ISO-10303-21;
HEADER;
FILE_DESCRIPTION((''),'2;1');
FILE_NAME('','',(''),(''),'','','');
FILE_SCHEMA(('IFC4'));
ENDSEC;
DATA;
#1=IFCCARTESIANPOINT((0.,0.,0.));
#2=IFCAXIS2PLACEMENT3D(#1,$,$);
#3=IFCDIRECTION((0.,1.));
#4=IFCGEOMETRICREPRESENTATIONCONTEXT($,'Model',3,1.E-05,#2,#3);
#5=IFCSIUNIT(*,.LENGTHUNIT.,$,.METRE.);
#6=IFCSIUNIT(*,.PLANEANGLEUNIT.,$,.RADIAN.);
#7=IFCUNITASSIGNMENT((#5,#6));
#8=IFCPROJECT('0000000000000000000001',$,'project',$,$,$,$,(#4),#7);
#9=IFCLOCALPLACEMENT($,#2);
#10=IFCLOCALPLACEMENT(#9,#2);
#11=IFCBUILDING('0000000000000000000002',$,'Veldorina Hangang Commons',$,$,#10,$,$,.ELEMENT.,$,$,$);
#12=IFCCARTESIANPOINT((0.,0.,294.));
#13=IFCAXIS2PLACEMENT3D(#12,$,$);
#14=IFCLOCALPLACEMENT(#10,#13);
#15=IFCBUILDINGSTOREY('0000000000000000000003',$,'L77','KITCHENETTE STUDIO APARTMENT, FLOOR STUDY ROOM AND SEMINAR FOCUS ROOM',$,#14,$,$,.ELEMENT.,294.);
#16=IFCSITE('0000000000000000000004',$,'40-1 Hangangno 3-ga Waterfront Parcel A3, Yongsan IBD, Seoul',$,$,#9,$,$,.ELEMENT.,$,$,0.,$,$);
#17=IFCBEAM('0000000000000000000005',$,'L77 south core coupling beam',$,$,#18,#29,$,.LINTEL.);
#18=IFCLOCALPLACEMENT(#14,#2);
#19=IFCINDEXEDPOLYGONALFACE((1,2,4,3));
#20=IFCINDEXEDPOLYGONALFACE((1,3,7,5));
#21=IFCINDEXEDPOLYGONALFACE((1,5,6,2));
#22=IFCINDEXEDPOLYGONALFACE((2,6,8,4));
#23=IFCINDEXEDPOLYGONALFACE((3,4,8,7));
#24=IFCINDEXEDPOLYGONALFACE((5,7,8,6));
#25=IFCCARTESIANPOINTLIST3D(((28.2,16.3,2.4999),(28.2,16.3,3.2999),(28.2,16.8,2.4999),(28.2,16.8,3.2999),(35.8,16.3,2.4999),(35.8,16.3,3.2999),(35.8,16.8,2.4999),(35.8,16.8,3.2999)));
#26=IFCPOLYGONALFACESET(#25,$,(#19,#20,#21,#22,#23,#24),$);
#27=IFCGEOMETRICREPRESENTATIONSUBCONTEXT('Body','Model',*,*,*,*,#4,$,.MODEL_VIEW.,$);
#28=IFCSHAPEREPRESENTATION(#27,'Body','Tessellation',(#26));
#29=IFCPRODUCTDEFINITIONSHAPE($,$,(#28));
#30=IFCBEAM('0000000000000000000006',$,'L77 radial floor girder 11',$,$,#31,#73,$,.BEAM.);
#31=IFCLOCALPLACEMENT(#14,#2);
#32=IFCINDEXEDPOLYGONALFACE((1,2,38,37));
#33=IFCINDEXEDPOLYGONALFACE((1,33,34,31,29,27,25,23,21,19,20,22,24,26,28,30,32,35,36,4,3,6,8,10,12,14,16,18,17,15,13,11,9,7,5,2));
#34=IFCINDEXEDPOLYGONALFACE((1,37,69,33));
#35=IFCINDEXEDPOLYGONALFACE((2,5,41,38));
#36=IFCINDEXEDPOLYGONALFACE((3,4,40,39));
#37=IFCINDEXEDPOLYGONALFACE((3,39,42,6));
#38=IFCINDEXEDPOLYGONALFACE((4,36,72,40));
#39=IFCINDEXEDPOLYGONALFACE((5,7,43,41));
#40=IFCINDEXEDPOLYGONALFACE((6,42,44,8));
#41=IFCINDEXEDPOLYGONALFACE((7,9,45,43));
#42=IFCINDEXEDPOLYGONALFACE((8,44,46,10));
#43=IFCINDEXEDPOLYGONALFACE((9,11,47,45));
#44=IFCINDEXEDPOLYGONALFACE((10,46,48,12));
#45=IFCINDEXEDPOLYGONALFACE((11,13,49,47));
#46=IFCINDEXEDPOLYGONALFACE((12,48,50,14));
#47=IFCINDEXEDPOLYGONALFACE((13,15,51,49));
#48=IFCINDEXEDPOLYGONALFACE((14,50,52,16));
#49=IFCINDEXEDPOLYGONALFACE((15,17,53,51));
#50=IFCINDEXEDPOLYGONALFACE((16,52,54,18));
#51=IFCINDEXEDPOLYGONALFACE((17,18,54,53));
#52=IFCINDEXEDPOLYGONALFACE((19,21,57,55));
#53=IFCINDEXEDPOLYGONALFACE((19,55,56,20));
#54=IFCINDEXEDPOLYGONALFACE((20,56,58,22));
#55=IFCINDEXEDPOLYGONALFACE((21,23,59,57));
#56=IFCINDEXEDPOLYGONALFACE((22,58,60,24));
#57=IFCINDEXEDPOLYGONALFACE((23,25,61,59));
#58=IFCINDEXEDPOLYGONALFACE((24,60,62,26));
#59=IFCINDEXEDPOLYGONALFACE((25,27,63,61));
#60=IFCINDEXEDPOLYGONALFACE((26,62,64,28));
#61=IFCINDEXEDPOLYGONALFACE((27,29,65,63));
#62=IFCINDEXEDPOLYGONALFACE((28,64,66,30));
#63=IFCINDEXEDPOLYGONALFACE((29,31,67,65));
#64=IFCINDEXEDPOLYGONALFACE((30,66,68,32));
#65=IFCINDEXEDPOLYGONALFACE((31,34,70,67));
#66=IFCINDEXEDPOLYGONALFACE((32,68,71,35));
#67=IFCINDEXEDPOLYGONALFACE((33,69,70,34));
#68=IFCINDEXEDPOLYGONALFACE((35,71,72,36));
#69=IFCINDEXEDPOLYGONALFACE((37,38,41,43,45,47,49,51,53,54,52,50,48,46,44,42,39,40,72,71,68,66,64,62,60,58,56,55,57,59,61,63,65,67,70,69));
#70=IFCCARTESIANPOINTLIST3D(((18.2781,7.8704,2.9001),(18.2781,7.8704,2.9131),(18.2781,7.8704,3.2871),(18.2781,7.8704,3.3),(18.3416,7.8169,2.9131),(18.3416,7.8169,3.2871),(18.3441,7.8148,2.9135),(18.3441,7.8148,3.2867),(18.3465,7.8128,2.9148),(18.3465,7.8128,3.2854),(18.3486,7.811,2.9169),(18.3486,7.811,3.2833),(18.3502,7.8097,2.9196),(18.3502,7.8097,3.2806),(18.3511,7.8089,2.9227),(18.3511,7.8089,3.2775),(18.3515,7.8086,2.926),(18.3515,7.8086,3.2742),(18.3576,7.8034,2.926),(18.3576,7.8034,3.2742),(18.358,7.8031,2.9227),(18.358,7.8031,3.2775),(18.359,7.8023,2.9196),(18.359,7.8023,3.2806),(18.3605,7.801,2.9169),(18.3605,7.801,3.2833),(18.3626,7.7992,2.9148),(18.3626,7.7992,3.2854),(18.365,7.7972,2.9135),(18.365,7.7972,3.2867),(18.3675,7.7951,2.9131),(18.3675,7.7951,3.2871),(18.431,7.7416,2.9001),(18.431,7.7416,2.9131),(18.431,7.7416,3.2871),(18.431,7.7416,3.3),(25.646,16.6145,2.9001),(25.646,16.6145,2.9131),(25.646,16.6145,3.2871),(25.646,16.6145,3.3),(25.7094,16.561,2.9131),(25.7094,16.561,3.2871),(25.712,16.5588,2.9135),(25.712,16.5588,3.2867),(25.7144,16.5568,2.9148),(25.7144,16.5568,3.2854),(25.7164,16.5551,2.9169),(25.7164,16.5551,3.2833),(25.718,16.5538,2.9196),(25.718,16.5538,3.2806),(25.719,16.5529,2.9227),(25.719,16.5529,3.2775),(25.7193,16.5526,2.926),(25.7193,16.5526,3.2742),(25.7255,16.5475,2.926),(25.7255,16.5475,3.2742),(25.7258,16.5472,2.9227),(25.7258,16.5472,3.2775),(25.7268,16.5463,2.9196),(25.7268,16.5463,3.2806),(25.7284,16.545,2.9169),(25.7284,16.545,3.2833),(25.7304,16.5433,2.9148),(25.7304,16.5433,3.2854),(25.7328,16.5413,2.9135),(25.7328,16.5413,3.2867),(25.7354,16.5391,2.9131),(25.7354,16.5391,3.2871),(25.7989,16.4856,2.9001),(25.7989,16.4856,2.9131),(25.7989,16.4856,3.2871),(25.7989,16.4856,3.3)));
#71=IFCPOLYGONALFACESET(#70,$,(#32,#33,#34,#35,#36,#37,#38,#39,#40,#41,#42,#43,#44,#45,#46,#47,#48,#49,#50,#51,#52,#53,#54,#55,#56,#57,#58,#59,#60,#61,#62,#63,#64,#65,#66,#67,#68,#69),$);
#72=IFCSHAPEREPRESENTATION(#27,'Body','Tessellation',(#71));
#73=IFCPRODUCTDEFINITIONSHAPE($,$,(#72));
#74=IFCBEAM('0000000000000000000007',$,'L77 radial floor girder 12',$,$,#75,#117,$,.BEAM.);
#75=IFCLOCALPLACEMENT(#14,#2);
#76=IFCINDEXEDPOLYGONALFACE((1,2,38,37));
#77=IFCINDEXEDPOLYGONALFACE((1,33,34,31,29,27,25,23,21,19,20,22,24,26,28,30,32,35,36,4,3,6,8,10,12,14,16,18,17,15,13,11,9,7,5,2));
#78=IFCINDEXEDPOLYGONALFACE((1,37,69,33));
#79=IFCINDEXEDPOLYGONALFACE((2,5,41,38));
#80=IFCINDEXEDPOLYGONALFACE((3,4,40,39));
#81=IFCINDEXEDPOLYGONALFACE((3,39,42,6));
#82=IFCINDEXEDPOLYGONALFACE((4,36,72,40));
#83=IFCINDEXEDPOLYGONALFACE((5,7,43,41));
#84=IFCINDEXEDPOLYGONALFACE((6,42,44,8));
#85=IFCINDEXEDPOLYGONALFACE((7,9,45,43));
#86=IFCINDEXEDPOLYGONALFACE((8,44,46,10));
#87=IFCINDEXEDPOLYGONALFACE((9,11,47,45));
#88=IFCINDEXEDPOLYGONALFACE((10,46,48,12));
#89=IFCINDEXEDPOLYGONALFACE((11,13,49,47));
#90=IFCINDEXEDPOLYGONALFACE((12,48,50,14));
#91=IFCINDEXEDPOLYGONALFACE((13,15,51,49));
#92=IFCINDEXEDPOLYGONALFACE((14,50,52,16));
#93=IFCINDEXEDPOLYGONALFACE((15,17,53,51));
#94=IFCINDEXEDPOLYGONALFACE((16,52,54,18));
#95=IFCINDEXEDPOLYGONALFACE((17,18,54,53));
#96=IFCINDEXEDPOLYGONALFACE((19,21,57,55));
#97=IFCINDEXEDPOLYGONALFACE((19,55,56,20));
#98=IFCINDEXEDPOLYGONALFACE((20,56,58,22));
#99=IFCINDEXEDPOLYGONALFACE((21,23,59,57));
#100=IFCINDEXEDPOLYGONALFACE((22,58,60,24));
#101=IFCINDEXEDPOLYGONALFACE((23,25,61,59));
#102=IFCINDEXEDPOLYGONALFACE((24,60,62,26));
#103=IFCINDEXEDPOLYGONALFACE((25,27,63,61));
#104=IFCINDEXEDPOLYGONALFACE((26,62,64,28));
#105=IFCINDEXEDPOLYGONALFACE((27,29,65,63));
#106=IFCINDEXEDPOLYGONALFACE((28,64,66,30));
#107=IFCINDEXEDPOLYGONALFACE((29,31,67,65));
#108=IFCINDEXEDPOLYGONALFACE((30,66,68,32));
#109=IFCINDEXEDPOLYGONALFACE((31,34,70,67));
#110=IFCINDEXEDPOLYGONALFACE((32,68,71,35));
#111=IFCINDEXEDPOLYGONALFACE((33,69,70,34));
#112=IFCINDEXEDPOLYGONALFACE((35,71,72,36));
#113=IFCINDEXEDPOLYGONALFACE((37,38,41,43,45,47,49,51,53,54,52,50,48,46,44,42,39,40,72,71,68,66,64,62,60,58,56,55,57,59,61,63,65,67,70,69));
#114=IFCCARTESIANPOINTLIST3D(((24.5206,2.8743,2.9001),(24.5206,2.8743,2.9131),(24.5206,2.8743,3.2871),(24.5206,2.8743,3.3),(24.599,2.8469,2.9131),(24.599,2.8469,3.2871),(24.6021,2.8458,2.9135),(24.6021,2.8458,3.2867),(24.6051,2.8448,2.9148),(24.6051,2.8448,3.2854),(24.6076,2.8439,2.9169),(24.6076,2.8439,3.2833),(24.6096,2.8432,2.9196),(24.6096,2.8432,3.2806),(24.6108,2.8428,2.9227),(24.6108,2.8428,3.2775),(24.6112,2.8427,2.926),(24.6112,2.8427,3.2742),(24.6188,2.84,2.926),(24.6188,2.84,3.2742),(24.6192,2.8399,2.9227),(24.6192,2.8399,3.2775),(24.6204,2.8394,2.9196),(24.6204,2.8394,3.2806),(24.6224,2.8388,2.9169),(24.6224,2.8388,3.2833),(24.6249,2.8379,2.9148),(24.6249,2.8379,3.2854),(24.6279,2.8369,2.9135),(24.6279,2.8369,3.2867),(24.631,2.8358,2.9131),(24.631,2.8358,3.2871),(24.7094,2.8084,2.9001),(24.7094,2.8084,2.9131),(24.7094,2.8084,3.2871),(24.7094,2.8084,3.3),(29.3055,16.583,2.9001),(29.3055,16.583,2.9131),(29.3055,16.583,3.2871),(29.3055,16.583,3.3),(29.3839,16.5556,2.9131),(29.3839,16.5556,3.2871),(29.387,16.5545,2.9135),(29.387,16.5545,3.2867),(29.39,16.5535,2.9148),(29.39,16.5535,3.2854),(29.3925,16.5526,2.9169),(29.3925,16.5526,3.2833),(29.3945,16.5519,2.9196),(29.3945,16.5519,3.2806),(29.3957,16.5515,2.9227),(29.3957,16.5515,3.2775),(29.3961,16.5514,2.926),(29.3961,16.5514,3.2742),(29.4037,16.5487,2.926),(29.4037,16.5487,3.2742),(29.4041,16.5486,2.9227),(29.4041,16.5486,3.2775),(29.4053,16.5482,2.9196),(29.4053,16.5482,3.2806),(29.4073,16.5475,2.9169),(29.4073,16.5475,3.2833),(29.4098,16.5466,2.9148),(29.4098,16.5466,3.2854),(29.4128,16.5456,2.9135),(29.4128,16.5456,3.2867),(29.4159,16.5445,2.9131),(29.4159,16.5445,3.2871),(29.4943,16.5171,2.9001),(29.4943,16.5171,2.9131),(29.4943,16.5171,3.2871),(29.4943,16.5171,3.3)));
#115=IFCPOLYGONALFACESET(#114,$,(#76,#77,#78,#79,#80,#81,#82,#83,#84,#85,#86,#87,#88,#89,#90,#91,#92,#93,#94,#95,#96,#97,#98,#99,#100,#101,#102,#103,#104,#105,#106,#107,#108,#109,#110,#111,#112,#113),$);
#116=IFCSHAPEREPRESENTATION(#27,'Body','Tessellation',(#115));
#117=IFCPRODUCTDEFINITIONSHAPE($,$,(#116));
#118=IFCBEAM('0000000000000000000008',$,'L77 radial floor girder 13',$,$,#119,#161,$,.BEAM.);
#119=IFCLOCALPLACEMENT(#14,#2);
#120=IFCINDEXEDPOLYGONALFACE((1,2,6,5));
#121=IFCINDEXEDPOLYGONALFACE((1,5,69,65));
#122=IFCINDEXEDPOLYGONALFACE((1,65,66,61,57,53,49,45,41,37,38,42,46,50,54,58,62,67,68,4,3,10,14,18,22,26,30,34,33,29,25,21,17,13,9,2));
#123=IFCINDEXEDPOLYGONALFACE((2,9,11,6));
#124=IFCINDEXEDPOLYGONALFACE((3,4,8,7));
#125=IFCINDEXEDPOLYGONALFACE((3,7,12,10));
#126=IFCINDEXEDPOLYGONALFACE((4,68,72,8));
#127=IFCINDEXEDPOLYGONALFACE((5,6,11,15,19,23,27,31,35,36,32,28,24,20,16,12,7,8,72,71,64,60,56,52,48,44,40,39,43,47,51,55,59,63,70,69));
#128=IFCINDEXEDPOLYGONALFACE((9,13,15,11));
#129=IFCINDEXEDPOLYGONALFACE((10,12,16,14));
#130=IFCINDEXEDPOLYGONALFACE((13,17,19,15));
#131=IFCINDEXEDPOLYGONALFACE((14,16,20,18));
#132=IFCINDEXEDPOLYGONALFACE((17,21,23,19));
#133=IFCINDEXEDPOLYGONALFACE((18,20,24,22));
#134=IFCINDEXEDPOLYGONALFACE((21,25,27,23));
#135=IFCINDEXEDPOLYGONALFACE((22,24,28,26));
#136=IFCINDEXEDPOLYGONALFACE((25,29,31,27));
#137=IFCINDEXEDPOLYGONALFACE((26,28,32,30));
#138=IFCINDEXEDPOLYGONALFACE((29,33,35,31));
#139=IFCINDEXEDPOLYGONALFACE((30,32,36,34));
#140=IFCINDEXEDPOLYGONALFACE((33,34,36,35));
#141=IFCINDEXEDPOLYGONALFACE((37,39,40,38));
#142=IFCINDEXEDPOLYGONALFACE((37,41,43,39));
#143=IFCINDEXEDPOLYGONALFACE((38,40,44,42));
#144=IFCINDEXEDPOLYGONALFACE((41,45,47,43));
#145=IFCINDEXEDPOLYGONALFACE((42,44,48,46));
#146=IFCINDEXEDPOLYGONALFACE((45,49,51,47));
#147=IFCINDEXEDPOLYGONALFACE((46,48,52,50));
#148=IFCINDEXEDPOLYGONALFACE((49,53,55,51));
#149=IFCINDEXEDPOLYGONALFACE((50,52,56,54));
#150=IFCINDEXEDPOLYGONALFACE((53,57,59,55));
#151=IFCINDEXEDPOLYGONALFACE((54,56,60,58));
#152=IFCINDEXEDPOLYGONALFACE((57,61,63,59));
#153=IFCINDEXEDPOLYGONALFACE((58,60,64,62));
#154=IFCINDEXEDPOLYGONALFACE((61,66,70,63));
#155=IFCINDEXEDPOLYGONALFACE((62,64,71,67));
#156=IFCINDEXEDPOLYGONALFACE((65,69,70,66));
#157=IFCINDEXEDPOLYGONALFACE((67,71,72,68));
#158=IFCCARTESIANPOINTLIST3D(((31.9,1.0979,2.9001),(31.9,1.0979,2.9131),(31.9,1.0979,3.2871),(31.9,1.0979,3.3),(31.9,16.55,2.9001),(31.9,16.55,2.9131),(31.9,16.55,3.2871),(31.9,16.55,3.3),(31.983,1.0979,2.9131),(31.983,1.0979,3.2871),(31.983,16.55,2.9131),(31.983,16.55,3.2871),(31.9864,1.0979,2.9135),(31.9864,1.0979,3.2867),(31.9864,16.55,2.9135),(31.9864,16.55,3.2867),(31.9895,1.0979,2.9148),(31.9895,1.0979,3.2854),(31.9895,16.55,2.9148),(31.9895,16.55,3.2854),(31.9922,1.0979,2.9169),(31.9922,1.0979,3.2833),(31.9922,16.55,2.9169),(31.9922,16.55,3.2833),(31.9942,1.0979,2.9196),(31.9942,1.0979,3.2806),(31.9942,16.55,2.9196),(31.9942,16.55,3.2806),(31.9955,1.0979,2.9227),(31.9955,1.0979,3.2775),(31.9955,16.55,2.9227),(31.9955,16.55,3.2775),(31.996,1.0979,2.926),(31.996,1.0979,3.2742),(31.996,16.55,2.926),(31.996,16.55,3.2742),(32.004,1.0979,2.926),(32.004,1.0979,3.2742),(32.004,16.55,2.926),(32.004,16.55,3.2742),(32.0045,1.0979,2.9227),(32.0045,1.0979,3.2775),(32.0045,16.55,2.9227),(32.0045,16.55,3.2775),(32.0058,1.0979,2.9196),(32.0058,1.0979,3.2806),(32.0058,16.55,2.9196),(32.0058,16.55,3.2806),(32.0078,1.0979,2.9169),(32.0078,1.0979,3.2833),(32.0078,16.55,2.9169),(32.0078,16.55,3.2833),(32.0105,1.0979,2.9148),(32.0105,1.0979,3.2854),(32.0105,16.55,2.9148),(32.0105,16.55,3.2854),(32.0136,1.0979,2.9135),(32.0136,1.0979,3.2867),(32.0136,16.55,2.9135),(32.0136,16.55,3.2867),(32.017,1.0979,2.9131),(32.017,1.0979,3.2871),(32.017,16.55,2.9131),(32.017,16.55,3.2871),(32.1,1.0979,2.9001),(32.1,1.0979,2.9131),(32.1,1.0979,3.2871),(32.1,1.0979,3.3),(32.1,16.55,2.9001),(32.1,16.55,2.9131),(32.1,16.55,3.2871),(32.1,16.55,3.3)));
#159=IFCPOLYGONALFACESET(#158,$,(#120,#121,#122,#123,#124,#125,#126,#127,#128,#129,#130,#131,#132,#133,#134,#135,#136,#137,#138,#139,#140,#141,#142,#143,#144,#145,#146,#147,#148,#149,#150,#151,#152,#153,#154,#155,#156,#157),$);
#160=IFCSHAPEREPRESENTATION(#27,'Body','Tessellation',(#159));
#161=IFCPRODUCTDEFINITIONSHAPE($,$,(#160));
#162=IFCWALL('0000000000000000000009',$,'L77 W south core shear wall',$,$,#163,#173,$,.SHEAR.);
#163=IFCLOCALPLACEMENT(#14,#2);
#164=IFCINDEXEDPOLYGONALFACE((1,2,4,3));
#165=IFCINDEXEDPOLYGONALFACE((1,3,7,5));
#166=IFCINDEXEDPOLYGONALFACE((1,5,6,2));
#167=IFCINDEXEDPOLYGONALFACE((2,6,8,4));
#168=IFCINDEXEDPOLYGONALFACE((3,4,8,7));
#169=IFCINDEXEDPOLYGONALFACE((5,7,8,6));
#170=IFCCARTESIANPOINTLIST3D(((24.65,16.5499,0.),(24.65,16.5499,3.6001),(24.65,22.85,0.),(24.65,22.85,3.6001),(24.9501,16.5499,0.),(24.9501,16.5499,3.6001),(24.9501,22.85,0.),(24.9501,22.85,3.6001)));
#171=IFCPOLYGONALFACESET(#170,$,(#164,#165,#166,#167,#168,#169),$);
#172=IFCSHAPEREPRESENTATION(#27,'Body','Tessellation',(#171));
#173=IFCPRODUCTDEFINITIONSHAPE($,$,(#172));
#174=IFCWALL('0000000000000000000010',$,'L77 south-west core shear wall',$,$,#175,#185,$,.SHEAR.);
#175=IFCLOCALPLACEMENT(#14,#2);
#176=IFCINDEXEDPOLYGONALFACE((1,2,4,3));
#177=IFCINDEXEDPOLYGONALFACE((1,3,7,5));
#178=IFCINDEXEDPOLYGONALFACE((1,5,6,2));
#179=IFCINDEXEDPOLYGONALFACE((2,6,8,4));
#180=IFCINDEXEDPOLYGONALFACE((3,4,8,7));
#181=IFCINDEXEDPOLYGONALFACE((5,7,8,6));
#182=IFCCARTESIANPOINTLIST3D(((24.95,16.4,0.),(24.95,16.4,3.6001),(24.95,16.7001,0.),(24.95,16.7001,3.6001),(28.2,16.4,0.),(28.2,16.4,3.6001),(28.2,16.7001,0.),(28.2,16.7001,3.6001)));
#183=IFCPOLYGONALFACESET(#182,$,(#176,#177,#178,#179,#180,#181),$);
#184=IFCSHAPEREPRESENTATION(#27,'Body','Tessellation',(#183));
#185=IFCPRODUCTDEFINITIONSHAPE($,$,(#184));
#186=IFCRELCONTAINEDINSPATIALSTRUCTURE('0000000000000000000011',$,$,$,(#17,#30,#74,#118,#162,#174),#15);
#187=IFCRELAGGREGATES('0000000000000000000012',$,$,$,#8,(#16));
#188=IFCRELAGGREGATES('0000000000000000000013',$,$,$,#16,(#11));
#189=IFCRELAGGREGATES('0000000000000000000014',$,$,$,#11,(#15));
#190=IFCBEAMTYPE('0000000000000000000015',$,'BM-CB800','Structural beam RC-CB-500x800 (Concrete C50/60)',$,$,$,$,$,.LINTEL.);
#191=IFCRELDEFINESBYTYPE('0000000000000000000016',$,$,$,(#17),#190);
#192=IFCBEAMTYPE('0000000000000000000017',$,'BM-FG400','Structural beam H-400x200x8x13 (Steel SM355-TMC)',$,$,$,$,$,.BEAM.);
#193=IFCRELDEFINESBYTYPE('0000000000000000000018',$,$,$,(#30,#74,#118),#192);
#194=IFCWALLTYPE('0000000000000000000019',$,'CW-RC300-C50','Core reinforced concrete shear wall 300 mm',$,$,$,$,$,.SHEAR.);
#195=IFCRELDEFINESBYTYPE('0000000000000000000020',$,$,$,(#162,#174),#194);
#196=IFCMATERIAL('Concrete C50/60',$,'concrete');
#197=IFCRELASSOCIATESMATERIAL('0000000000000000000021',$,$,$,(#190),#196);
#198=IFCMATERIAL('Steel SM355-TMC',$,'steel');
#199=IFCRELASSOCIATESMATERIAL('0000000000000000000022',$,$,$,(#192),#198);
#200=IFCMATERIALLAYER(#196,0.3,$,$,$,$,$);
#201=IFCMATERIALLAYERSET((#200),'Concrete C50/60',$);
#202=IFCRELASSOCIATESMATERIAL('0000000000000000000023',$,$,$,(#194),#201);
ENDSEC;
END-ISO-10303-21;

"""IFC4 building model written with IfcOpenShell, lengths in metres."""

from ifc_helpers import new_model, si_unit, direction, frame, frame_2d, origin, origin_2d, place, context, subcontext, project, spatial, rectangle, i_section, extrude, material, layer, layer_set, material_profile, profile_set, type_object, element, save


model = new_model("IFC4")

# Units and contexts
model_context = context("Model", 3, precision=1e-05, world=origin(), true_north=direction((0.0, 1.0)))
body_context = subcontext(model_context, "Body", "Model", "MODEL_VIEW")
ifc_project = project(units=[si_unit("LENGTHUNIT", "METRE"), si_unit("PLANEANGLEUNIT", "RADIAN")], contexts=[model_context])

# Site, building, storey
site_placement = place(None, origin())
site = spatial("IfcSite", under=ifc_project, at=site_placement, Name="40-1 Hangangno 3-ga Waterfront Parcel A3, Yongsan IBD, Seoul", CompositionType="ELEMENT", RefElevation=0.0)
building_placement = place(site_placement, origin())
building = spatial("IfcBuilding", under=site, at=building_placement, Name="Veldorina Hangang Commons", CompositionType="ELEMENT")
storey_placement = place(building_placement, frame((0.0, 0.0, 294.0)))
storey = spatial("IfcBuildingStorey", under=building, at=storey_placement, Name="L77", Description="KITCHENETTE STUDIO APARTMENT, FLOOR STUDY ROOM AND SEMINAR FOCUS ROOM", CompositionType="ELEMENT", Elevation=294.0)

# Beams
ifc_material_1 = material(Name="Concrete C50/60", Category="concrete")
ifc_material_profile_1 = material_profile(ifc_material_1, rectangle(XDim=0.5, YDim=0.8, at=origin_2d()), Name="RC-CB-500x800")
ifc_profile_set_1 = profile_set([ifc_material_profile_1], Name="Concrete C50/60")
beam_type_1 = type_object("IfcBeamType", Name="BM-CB800", Description="Structural beam RC-CB-500x800 (Concrete C50/60)", PredefinedType="LINTEL", material=ifc_profile_set_1)
beam_1_placement = place(storey_placement, frame((28.2, 16.55, 2.8999), z_axis=(1.0, 0.0, 0.0), x_axis=(0.0, 1.0, 0.0)))
element("IfcBeam", 1, at=beam_1_placement, inside=storey, type_object=beam_type_1, Name="L77 south core coupling beam", PredefinedType="LINTEL", context=body_context, shape_type="SweptSolid", body=[
    extrude(rectangle(XDim=0.5, YDim=0.8, at=origin_2d()), origin(), (0.0, 0.0, 1.0), 7.6001),
])
ifc_material_2 = material(Name="Steel SM355-TMC", Category="steel")
ifc_material_profile_2 = material_profile(ifc_material_2, i_section(OverallWidth=0.2, OverallDepth=0.3999, WebThickness=0.0081, FlangeThickness=0.0129, FilletRadius=0.0129, at=origin_2d()), Name="H-400x200x8x13")
ifc_profile_set_2 = profile_set([ifc_material_profile_2], Name="Steel SM355-TMC")
beam_type_2 = type_object("IfcBeamType", Name="BM-FG400", Description="Structural beam H-400x200x8x13 (Steel SM355-TMC)", PredefinedType="BEAM", material=ifc_profile_set_2)
beam_2_placement = place(storey_placement, frame((25.7224, 16.55, 3.1001), z_axis=(-0.644363, -0.76472, 0.0), x_axis=(0.76472, -0.644363, 0.0)))
element("IfcBeam", 2, at=beam_2_placement, inside=storey, type_object=beam_type_2, Name="L77 radial floor girder 11", PredefinedType="BEAM", context=body_context, shape_type="SweptSolid", body=[
    extrude(i_section(OverallWidth=0.2, OverallDepth=0.3999, WebThickness=0.0081, FlangeThickness=0.0129, FilletRadius=0.0129, at=origin_2d()), origin(), (0.0, 0.0, 1.0), 11.4343),
])
beam_3_placement = place(storey_placement, frame((29.3999, 16.55, 3.1001), z_axis=(-0.329544, -0.94414, 0.0), x_axis=(0.94414, -0.329544, 0.0)))
element("IfcBeam", 3, at=beam_3_placement, inside=storey, type_object=beam_type_2, Name="L77 radial floor girder 12", PredefinedType="BEAM", context=body_context, shape_type="SweptSolid", body=[
    extrude(i_section(OverallWidth=0.2, OverallDepth=0.3999, WebThickness=0.0081, FlangeThickness=0.0129, FilletRadius=0.0129, at=origin_2d()), origin(), (0.0, 0.0, 1.0), 14.5198),
])
beam_4_placement = place(storey_placement, frame((32.0, 16.55, 3.1001), z_axis=(0.0, -1.0, 0.0), x_axis=(1.0, 0.0, 0.0)))
element("IfcBeam", 4, at=beam_4_placement, inside=storey, type_object=beam_type_2, Name="L77 radial floor girder 13", PredefinedType="BEAM", context=body_context, shape_type="SweptSolid", body=[
    extrude(i_section(OverallWidth=0.2, OverallDepth=0.3999, WebThickness=0.0081, FlangeThickness=0.0129, FilletRadius=0.0129, at=origin_2d()), origin(), (0.0, 0.0, 1.0), 15.4521),
])

# Walls
ifc_layer_1 = layer(ifc_material_1, 0.3)
ifc_layer_set_1 = layer_set([ifc_layer_1], Name="Concrete C50/60")
wall_type_1 = type_object("IfcWallType", Name="CW-RC300-C50", Description="Core reinforced concrete shear wall 300 mm", PredefinedType="SHEAR", material=ifc_layer_set_1)
wall_1_placement = place(storey_placement, frame((24.8, 16.55, 0.0), z_axis=(0.0, 0.0, 1.0), x_axis=(0.0, 1.0, 0.0)))
element("IfcWall", 5, at=wall_1_placement, inside=storey, type_object=wall_type_1, Name="L77 W south core shear wall", PredefinedType="SHEAR", context=body_context, shape_type="SweptSolid", body=[
    extrude(rectangle(XDim=6.3, YDim=0.3, at=frame_2d((3.1499, 0.0))), origin(), (0.0, 0.0, 1.0), 3.6001),
])
wall_2_placement = place(storey_placement, frame((24.95, 16.55, 0.0), z_axis=(0.0, 0.0, 1.0), x_axis=(1.0, 0.0, 0.0)))
element("IfcWall", 6, at=wall_2_placement, inside=storey, type_object=wall_type_1, Name="L77 south-west core shear wall", PredefinedType="SHEAR", context=body_context, shape_type="SweptSolid", body=[
    extrude(rectangle(XDim=3.25, YDim=0.3, at=frame_2d((1.625, 0.0))), origin(), (0.0, 0.0, 1.0), 3.6001),
])

save(model, "model.ifc")
